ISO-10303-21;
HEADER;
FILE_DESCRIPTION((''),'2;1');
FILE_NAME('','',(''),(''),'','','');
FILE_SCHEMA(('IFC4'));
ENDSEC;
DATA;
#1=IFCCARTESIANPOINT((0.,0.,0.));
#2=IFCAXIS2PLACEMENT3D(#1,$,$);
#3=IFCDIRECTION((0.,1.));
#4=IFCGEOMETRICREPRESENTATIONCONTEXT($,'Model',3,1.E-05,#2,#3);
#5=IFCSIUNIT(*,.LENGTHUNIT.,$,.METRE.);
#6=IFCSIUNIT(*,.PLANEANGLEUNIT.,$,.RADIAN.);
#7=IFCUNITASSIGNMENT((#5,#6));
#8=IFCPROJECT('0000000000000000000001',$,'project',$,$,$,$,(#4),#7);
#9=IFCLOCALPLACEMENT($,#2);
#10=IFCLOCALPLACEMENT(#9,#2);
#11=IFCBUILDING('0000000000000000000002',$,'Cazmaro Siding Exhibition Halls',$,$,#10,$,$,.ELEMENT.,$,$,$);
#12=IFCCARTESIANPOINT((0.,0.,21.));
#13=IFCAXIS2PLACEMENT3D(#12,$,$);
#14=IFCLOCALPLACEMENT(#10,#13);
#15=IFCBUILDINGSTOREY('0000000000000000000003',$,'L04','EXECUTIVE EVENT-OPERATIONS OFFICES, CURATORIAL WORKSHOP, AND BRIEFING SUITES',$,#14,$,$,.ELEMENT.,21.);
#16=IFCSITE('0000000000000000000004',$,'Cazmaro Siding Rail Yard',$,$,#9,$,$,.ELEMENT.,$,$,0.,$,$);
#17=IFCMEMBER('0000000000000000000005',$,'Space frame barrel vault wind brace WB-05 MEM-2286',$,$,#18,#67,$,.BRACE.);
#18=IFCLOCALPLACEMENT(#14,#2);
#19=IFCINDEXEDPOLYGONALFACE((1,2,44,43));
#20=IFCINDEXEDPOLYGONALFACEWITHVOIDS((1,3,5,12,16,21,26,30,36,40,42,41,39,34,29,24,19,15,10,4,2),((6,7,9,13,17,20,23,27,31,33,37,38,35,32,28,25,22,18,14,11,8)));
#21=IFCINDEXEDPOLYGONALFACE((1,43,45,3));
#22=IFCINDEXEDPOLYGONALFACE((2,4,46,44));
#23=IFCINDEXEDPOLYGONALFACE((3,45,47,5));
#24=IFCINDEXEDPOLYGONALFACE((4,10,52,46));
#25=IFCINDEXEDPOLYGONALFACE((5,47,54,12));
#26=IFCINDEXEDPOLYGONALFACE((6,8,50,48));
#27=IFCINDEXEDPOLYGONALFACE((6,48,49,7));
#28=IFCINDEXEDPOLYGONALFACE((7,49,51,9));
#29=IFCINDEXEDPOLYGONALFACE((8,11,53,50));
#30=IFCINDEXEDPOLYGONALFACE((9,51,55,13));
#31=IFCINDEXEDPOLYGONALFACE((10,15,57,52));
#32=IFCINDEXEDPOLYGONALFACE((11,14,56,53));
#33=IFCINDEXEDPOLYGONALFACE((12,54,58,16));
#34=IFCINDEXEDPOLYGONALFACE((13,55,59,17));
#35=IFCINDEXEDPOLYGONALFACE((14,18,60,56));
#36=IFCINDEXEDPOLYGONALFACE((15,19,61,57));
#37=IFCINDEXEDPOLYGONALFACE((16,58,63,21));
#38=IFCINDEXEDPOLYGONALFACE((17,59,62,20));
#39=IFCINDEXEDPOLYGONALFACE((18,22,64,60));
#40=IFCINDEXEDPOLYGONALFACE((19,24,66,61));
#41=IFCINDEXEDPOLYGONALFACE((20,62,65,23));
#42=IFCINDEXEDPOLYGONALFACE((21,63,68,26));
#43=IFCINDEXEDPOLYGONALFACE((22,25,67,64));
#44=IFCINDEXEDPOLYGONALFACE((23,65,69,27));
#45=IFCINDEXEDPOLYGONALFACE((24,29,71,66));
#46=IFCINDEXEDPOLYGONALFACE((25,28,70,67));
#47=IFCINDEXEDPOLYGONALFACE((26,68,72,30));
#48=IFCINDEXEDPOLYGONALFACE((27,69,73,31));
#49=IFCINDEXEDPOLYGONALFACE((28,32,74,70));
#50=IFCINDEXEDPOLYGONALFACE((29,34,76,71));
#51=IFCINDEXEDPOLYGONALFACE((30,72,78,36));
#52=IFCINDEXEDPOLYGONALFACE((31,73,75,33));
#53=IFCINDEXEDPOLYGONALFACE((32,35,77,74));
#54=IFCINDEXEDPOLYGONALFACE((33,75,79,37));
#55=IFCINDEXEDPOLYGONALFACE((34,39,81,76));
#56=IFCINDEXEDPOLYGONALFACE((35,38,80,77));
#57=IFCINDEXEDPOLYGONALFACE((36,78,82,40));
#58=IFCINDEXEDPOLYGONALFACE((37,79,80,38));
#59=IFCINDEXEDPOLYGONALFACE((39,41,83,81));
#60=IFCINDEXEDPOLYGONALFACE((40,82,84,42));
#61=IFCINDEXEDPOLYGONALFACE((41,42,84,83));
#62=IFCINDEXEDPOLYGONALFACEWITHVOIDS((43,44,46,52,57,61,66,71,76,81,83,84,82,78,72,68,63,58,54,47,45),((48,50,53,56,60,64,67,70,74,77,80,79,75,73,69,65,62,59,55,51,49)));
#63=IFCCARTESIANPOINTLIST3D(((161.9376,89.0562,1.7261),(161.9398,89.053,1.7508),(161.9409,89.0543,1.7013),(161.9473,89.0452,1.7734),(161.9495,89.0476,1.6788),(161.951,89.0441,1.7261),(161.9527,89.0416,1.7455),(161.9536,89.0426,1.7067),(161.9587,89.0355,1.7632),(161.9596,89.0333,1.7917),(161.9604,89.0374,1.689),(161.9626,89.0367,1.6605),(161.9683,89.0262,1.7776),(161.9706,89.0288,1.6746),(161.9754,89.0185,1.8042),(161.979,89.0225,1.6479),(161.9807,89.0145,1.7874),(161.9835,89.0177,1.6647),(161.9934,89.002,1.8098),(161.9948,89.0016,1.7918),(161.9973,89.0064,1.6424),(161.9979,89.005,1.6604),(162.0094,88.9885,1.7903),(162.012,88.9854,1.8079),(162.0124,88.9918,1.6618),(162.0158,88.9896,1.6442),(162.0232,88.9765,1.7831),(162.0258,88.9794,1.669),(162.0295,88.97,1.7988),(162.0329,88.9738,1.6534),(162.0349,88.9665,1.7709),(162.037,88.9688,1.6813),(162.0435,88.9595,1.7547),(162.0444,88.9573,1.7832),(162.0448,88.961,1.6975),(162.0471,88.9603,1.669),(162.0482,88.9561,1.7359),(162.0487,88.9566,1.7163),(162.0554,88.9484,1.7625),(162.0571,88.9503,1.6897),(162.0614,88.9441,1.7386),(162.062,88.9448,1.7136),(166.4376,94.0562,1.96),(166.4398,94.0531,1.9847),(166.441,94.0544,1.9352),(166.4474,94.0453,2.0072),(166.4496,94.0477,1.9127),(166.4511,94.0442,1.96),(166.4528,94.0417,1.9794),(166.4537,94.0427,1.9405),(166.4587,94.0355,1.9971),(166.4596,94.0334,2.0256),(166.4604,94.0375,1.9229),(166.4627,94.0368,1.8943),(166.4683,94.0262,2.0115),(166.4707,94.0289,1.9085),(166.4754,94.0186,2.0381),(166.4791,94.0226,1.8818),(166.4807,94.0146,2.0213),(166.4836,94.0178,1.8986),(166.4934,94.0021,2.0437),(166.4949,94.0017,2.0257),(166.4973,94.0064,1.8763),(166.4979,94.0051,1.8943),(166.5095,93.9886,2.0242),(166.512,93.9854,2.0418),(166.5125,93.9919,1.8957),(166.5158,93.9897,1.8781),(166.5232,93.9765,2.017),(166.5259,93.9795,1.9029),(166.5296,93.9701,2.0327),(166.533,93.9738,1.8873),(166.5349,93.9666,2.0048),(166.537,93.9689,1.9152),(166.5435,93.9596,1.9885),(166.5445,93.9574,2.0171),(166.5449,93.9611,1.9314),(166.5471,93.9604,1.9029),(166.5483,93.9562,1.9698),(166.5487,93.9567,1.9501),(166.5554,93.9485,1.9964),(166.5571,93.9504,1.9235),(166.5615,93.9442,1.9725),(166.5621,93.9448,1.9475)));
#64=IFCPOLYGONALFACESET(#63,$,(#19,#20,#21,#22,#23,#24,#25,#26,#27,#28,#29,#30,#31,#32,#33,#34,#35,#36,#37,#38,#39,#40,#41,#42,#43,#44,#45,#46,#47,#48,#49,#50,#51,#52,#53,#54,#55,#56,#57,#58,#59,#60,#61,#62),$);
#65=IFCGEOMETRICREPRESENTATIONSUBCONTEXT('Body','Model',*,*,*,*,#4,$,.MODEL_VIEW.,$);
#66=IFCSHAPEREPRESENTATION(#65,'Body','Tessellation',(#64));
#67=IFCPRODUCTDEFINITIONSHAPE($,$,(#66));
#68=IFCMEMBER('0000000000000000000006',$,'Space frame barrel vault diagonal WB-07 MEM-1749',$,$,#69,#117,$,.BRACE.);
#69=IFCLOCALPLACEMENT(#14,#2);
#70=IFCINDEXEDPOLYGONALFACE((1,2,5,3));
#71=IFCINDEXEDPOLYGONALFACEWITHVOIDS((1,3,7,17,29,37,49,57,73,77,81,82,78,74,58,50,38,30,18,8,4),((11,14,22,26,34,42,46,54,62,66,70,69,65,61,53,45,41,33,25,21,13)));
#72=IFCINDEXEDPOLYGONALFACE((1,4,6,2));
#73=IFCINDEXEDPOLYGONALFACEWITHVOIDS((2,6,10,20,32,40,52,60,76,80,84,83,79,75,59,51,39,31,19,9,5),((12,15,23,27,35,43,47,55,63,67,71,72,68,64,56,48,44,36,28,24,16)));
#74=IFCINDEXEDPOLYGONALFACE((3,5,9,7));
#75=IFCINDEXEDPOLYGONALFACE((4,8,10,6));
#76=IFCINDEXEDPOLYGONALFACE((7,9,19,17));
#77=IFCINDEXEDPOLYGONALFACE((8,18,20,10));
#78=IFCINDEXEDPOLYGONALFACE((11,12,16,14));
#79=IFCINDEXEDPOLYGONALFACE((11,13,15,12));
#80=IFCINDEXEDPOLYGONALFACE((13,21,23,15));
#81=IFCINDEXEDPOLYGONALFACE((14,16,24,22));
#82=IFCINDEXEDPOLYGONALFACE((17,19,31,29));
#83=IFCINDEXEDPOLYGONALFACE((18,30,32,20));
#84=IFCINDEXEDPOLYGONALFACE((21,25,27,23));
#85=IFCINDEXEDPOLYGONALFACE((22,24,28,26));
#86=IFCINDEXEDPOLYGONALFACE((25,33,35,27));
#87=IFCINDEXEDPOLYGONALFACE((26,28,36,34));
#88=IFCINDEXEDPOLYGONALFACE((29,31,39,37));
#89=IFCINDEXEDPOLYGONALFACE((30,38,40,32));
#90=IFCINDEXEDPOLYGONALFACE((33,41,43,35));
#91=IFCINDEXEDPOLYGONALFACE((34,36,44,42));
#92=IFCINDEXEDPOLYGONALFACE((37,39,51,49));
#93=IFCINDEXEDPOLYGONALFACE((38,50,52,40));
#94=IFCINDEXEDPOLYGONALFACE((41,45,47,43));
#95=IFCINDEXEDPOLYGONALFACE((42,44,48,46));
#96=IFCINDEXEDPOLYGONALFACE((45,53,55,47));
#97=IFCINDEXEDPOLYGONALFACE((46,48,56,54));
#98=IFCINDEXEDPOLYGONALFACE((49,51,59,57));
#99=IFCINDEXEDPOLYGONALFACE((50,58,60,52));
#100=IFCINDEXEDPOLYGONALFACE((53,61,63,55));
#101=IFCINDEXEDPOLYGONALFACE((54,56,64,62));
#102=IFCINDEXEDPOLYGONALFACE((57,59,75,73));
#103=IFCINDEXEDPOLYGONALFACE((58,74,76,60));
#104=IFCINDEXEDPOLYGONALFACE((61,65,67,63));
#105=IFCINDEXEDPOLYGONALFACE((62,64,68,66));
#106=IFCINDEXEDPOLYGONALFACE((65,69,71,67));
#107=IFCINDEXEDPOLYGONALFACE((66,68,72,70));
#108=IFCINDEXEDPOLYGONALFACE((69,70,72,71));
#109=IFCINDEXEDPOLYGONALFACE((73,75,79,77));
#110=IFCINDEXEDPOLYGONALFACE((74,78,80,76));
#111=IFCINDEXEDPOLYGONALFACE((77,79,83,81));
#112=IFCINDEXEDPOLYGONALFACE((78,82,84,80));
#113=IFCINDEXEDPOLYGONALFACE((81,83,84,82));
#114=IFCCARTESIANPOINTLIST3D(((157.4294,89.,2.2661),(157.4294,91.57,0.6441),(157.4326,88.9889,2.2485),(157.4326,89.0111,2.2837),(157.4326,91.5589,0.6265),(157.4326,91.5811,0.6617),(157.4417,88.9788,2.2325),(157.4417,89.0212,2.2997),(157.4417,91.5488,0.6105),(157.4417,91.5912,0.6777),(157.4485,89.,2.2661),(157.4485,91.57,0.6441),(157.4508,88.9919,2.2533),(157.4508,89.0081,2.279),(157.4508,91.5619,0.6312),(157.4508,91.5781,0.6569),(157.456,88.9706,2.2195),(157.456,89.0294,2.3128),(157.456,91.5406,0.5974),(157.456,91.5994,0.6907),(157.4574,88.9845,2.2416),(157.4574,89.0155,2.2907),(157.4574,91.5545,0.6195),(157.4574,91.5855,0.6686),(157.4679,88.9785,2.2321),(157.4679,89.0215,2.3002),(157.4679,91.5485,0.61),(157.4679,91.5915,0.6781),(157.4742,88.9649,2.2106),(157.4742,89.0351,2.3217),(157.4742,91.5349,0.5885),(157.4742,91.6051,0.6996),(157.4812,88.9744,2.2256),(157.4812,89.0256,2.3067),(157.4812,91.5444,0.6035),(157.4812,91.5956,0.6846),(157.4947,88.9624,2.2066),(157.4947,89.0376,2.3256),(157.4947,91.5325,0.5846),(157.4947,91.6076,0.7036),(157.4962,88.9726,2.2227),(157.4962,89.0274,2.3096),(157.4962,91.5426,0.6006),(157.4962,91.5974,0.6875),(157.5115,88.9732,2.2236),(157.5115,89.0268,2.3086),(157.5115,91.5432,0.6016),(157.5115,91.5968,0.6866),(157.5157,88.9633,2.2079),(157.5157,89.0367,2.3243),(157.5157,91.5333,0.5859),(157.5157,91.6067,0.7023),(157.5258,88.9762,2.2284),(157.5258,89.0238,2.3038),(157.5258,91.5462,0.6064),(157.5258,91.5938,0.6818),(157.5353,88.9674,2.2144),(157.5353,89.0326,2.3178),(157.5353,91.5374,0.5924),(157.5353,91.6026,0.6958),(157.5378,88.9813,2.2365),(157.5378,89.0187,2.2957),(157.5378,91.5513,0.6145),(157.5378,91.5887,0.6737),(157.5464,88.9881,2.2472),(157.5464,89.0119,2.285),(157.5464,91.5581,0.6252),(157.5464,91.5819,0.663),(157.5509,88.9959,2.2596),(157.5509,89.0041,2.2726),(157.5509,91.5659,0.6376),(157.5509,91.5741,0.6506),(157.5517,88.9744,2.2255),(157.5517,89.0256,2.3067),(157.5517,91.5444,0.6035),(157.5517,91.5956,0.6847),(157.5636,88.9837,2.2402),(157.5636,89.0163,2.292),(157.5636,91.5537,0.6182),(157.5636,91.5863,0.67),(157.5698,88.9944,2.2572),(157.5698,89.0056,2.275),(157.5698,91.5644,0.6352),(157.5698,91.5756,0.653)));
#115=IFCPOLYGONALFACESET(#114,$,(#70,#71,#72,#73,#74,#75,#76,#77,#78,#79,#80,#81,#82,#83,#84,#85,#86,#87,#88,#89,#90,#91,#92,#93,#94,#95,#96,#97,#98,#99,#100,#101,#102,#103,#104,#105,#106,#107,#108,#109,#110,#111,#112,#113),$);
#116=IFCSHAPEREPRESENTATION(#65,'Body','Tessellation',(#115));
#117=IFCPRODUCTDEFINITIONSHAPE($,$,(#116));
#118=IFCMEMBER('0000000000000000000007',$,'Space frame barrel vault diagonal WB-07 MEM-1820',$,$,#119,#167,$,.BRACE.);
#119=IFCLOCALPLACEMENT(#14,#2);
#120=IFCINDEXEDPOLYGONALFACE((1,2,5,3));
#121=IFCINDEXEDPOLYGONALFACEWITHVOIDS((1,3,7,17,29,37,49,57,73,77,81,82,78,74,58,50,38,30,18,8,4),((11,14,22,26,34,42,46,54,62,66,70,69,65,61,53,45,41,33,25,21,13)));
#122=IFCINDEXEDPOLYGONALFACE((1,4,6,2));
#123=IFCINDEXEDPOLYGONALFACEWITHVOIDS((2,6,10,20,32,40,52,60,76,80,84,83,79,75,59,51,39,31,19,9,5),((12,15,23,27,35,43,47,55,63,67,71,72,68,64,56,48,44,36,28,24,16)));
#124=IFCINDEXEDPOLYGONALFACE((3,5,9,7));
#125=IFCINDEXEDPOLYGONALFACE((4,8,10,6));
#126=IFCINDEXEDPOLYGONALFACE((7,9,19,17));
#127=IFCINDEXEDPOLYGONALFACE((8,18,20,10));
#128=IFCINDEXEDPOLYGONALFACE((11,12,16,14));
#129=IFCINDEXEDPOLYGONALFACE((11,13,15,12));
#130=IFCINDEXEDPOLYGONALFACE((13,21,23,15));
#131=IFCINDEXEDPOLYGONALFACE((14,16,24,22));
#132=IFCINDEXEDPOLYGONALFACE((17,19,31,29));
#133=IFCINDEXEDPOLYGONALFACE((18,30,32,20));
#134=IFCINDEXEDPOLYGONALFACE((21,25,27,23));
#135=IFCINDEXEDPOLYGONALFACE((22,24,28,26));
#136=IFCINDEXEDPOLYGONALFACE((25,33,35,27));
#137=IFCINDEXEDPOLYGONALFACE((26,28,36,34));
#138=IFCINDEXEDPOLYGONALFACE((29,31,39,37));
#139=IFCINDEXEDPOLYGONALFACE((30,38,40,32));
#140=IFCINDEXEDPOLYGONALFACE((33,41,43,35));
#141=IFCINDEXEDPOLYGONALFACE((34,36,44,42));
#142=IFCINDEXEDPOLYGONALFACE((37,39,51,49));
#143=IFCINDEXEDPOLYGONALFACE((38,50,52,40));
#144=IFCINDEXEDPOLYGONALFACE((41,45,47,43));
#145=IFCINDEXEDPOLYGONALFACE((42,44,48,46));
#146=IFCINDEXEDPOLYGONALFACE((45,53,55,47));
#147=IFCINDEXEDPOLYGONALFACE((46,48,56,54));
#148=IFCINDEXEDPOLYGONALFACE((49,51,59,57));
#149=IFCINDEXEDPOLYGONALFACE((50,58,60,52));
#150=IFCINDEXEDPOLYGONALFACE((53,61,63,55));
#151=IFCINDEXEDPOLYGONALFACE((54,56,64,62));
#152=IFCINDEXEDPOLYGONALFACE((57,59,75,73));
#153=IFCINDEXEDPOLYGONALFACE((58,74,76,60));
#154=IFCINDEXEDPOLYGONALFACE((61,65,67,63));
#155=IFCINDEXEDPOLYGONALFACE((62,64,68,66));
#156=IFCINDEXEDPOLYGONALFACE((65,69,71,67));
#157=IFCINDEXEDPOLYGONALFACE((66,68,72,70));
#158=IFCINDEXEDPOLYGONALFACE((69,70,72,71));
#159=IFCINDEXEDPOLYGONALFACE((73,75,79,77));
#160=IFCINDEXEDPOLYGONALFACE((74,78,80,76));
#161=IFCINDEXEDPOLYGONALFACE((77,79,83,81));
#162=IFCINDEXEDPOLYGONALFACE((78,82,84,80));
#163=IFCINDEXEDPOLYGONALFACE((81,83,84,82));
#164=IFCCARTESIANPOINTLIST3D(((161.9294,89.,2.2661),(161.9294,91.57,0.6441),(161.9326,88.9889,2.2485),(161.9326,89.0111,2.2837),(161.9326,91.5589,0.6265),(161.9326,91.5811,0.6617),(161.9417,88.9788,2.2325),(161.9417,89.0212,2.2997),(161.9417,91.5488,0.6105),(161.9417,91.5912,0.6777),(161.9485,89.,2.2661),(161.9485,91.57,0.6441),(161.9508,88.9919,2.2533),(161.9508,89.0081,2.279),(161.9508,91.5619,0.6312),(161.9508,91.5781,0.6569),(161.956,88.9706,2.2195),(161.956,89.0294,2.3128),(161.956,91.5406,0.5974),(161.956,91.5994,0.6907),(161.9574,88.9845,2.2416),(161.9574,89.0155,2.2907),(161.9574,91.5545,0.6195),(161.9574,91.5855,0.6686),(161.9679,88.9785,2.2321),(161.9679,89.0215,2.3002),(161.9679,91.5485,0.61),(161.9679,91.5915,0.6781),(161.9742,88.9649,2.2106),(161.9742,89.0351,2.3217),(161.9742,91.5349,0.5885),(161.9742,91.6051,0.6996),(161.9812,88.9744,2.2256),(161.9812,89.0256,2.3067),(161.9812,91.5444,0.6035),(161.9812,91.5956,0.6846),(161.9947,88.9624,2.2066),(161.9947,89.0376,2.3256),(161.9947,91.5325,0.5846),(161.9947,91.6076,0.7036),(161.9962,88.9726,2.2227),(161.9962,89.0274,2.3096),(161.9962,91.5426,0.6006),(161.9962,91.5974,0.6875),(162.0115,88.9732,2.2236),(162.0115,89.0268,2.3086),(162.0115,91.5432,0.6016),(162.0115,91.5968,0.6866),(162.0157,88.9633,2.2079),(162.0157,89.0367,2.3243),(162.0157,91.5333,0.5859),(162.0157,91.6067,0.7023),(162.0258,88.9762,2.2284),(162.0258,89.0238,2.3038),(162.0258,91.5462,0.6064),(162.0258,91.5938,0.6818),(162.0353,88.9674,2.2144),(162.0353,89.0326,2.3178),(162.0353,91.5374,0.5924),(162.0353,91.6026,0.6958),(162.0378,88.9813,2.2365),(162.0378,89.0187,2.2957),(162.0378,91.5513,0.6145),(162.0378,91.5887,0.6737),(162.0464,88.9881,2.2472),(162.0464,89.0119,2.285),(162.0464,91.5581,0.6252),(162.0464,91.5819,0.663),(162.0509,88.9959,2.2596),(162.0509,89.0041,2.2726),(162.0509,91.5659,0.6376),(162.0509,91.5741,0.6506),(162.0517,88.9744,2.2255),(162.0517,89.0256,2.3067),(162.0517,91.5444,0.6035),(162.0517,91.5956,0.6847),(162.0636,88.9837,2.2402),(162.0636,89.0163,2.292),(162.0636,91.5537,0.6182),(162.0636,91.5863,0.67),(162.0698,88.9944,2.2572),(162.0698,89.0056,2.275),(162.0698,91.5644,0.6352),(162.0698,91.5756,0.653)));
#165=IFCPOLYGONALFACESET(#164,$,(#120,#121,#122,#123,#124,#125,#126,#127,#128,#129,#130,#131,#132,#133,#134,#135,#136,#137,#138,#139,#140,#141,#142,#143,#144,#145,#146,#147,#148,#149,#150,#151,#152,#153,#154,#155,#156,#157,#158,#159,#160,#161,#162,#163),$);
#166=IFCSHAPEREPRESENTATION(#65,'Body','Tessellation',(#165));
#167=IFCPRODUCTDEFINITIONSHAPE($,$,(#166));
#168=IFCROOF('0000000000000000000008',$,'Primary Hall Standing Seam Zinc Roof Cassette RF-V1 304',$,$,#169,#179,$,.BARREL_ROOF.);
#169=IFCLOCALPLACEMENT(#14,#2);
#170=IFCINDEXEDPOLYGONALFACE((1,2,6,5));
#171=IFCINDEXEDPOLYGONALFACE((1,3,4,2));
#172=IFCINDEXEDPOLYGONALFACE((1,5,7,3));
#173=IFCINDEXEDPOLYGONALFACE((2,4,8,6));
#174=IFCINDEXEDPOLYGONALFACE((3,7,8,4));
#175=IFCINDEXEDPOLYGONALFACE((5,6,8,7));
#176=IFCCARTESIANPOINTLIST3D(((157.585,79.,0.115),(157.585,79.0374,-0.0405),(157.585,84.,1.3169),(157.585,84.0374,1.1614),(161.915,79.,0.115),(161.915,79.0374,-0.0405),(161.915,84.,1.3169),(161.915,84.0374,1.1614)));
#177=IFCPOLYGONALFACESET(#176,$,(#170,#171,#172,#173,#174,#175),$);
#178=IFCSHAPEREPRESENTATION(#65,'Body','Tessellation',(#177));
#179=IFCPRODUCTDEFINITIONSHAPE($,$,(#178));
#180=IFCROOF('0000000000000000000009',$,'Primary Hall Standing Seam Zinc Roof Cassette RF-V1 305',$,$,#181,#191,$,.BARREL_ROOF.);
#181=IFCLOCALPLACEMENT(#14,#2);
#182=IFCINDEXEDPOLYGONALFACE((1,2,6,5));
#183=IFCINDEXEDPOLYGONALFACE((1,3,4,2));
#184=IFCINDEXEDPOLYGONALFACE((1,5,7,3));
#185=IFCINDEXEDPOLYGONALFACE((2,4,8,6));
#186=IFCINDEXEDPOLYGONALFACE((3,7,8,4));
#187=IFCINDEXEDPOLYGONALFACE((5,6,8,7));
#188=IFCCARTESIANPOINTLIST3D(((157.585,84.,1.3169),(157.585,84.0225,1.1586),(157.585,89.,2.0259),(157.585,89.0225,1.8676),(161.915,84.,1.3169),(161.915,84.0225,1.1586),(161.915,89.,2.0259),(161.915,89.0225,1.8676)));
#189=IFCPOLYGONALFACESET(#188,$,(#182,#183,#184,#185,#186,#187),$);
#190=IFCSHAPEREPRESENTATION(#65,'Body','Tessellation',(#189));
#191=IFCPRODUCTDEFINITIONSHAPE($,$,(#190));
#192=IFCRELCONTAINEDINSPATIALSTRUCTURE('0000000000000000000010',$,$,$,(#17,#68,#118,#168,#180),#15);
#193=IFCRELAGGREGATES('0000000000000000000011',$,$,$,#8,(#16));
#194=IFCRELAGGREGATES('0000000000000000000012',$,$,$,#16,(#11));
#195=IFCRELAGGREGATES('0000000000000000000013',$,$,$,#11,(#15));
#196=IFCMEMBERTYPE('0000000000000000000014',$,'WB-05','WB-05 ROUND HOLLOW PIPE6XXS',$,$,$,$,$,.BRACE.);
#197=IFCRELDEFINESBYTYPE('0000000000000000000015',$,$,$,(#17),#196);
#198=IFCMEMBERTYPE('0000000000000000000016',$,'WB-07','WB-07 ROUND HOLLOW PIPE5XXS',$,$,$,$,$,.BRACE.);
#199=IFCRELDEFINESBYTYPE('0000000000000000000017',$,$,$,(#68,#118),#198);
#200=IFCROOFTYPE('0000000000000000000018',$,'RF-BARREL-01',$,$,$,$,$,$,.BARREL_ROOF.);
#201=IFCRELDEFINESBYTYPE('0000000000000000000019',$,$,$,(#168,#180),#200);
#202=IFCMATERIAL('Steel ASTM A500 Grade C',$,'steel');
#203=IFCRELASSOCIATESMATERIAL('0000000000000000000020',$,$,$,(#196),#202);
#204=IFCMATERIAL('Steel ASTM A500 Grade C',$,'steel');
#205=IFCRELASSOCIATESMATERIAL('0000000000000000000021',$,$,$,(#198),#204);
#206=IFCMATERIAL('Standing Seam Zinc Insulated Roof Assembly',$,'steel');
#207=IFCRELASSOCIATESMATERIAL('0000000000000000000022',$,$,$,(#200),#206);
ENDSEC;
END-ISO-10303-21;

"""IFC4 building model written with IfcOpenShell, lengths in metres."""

from ifc_helpers import new_model, si_unit, direction, frame, origin, origin_2d, place, context, subcontext, project, spatial, polyline, hollow_circle, outline, extrude, material, material_profile, profile_set, type_object, element, save


model = new_model("IFC4")

# Units and contexts
model_context = context("Model", 3, precision=1e-05, world=origin(), true_north=direction((0.0, 1.0)))
body_context = subcontext(model_context, "Body", "Model", "MODEL_VIEW")
ifc_project = project(units=[si_unit("LENGTHUNIT", "METRE"), si_unit("PLANEANGLEUNIT", "RADIAN")], contexts=[model_context])

# Site, building, storey
site_placement = place(None, origin())
site = spatial("IfcSite", under=ifc_project, at=site_placement, Name="Cazmaro Siding Rail Yard", CompositionType="ELEMENT", RefElevation=0.0)
building_placement = place(site_placement, origin())
building = spatial("IfcBuilding", under=site, at=building_placement, Name="Cazmaro Siding Exhibition Halls", CompositionType="ELEMENT")
storey_placement = place(building_placement, frame((0.0, 0.0, 21.0)))
storey = spatial("IfcBuildingStorey", under=building, at=storey_placement, Name="L04", Description="EXECUTIVE EVENT-OPERATIONS OFFICES, CURATORIAL WORKSHOP, AND BRIEFING SUITES", CompositionType="ELEMENT", Elevation=21.0)

# Members
ifc_material_1 = material(Name="Steel ASTM A500 Grade C", Category="steel")
ifc_material_profile_1 = material_profile(ifc_material_1, hollow_circle(Radius=0.084, WallThickness=0.0181, at=origin_2d()), Name="PIPE6XXS")
ifc_profile_set_1 = profile_set([ifc_material_profile_1], Name="Steel ASTM A500 Grade C")
member_type_1 = type_object("IfcMemberType", Name="WB-05", Description="WB-05 ROUND HOLLOW PIPE6XXS", PredefinedType="BRACE", material=ifc_profile_set_1)
member_1_placement = place(storey_placement, frame((162.0, 89.0, 1.7261), z_axis=(0.668561, 0.742845, 0.034748), x_axis=(-0.743294, 0.668965, 0.0)))
element("IfcMember", 1, at=member_1_placement, inside=storey, type_object=member_type_1, Name="Space frame barrel vault wind brace WB-05 MEM-2286", PredefinedType="BRACE", context=body_context, shape_type="SweptSolid", body=[
    extrude(hollow_circle(Radius=0.084, WallThickness=0.0181, at=origin_2d()), origin(), (0.0, 0.0, 1.0), 6.731),
])
ifc_material_2 = material(Name="Steel ASTM A500 Grade C", Category="steel")
ifc_material_profile_2 = material_profile(ifc_material_2, hollow_circle(Radius=0.0706, WallThickness=0.019, at=origin_2d()), Name="PIPE5XXS")
ifc_profile_set_2 = profile_set([ifc_material_profile_2], Name="Steel ASTM A500 Grade C")
member_type_2 = type_object("IfcMemberType", Name="WB-07", Description="WB-07 ROUND HOLLOW PIPE5XXS", PredefinedType="BRACE", material=ifc_profile_set_2)
for number, where, z_axis, x_axis, name in (
    (2, (157.5, 89.0, 2.2661), (0.0, 0.845657, -0.533727), (-1.0, 0.0, 0.0), "Space frame barrel vault diagonal WB-07 MEM-1749"),
    (3, (162.0, 89.0, 2.2661), (0.0, 0.845657, -0.533727), (-1.0, 0.0, 0.0), "Space frame barrel vault diagonal WB-07 MEM-1820"),
):
    element("IfcMember", number, at=place(storey_placement, frame(where, z_axis=z_axis, x_axis=x_axis)), inside=storey, type_object=member_type_2, Name=name, PredefinedType="BRACE", context=body_context, shape_type="SweptSolid", body=[
        extrude(hollow_circle(Radius=0.0706, WallThickness=0.019, at=origin_2d()), origin(), (0.0, 0.0, 1.0), 3.0391),
    ])

# Roofs
ifc_material_3 = material(Name="Standing Seam Zinc Insulated Roof Assembly", Category="steel")
roof_type = type_object("IfcRoofType", Name="RF-BARREL-01", PredefinedType="BARREL_ROOF", material=ifc_material_3)
roof_1_placement = place(storey_placement, frame((157.585, 79.0, 0.115), z_axis=(0.0, -0.233723, 0.972303), x_axis=(1.0, 0.0, 0.0)))
element("IfcRoof", 4, at=roof_1_placement, inside=storey, type_object=roof_type, Name="Primary Hall Standing Seam Zinc Roof Cassette RF-V1 304", PredefinedType="BARREL_ROOF", context=body_context, shape_type="SweptSolid", body=[
    extrude(outline(polyline([(0.0, 0.0), (4.3301, 0.0), (4.3301, 5.1424), (0.0, 5.1424), (0.0, 0.0)])), origin(), (0.0, 0.0, -1.0), 0.1599),
])
roof_2_placement = place(storey_placement, frame((157.585, 84.0, 1.3169), z_axis=(0.0, -0.140393, 0.990096), x_axis=(1.0, 0.0, 0.0)))
element("IfcRoof", 5, at=roof_2_placement, inside=storey, type_object=roof_type, Name="Primary Hall Standing Seam Zinc Roof Cassette RF-V1 305", PredefinedType="BARREL_ROOF", context=body_context, shape_type="SweptSolid", body=[
    extrude(outline(polyline([(0.0, 0.0), (4.3301, 0.0), (4.3301, 5.05), (0.0, 5.05), (0.0, 0.0)])), origin(), (0.0, 0.0, -1.0), 0.1599),
])

save(model, "model.ifc")
